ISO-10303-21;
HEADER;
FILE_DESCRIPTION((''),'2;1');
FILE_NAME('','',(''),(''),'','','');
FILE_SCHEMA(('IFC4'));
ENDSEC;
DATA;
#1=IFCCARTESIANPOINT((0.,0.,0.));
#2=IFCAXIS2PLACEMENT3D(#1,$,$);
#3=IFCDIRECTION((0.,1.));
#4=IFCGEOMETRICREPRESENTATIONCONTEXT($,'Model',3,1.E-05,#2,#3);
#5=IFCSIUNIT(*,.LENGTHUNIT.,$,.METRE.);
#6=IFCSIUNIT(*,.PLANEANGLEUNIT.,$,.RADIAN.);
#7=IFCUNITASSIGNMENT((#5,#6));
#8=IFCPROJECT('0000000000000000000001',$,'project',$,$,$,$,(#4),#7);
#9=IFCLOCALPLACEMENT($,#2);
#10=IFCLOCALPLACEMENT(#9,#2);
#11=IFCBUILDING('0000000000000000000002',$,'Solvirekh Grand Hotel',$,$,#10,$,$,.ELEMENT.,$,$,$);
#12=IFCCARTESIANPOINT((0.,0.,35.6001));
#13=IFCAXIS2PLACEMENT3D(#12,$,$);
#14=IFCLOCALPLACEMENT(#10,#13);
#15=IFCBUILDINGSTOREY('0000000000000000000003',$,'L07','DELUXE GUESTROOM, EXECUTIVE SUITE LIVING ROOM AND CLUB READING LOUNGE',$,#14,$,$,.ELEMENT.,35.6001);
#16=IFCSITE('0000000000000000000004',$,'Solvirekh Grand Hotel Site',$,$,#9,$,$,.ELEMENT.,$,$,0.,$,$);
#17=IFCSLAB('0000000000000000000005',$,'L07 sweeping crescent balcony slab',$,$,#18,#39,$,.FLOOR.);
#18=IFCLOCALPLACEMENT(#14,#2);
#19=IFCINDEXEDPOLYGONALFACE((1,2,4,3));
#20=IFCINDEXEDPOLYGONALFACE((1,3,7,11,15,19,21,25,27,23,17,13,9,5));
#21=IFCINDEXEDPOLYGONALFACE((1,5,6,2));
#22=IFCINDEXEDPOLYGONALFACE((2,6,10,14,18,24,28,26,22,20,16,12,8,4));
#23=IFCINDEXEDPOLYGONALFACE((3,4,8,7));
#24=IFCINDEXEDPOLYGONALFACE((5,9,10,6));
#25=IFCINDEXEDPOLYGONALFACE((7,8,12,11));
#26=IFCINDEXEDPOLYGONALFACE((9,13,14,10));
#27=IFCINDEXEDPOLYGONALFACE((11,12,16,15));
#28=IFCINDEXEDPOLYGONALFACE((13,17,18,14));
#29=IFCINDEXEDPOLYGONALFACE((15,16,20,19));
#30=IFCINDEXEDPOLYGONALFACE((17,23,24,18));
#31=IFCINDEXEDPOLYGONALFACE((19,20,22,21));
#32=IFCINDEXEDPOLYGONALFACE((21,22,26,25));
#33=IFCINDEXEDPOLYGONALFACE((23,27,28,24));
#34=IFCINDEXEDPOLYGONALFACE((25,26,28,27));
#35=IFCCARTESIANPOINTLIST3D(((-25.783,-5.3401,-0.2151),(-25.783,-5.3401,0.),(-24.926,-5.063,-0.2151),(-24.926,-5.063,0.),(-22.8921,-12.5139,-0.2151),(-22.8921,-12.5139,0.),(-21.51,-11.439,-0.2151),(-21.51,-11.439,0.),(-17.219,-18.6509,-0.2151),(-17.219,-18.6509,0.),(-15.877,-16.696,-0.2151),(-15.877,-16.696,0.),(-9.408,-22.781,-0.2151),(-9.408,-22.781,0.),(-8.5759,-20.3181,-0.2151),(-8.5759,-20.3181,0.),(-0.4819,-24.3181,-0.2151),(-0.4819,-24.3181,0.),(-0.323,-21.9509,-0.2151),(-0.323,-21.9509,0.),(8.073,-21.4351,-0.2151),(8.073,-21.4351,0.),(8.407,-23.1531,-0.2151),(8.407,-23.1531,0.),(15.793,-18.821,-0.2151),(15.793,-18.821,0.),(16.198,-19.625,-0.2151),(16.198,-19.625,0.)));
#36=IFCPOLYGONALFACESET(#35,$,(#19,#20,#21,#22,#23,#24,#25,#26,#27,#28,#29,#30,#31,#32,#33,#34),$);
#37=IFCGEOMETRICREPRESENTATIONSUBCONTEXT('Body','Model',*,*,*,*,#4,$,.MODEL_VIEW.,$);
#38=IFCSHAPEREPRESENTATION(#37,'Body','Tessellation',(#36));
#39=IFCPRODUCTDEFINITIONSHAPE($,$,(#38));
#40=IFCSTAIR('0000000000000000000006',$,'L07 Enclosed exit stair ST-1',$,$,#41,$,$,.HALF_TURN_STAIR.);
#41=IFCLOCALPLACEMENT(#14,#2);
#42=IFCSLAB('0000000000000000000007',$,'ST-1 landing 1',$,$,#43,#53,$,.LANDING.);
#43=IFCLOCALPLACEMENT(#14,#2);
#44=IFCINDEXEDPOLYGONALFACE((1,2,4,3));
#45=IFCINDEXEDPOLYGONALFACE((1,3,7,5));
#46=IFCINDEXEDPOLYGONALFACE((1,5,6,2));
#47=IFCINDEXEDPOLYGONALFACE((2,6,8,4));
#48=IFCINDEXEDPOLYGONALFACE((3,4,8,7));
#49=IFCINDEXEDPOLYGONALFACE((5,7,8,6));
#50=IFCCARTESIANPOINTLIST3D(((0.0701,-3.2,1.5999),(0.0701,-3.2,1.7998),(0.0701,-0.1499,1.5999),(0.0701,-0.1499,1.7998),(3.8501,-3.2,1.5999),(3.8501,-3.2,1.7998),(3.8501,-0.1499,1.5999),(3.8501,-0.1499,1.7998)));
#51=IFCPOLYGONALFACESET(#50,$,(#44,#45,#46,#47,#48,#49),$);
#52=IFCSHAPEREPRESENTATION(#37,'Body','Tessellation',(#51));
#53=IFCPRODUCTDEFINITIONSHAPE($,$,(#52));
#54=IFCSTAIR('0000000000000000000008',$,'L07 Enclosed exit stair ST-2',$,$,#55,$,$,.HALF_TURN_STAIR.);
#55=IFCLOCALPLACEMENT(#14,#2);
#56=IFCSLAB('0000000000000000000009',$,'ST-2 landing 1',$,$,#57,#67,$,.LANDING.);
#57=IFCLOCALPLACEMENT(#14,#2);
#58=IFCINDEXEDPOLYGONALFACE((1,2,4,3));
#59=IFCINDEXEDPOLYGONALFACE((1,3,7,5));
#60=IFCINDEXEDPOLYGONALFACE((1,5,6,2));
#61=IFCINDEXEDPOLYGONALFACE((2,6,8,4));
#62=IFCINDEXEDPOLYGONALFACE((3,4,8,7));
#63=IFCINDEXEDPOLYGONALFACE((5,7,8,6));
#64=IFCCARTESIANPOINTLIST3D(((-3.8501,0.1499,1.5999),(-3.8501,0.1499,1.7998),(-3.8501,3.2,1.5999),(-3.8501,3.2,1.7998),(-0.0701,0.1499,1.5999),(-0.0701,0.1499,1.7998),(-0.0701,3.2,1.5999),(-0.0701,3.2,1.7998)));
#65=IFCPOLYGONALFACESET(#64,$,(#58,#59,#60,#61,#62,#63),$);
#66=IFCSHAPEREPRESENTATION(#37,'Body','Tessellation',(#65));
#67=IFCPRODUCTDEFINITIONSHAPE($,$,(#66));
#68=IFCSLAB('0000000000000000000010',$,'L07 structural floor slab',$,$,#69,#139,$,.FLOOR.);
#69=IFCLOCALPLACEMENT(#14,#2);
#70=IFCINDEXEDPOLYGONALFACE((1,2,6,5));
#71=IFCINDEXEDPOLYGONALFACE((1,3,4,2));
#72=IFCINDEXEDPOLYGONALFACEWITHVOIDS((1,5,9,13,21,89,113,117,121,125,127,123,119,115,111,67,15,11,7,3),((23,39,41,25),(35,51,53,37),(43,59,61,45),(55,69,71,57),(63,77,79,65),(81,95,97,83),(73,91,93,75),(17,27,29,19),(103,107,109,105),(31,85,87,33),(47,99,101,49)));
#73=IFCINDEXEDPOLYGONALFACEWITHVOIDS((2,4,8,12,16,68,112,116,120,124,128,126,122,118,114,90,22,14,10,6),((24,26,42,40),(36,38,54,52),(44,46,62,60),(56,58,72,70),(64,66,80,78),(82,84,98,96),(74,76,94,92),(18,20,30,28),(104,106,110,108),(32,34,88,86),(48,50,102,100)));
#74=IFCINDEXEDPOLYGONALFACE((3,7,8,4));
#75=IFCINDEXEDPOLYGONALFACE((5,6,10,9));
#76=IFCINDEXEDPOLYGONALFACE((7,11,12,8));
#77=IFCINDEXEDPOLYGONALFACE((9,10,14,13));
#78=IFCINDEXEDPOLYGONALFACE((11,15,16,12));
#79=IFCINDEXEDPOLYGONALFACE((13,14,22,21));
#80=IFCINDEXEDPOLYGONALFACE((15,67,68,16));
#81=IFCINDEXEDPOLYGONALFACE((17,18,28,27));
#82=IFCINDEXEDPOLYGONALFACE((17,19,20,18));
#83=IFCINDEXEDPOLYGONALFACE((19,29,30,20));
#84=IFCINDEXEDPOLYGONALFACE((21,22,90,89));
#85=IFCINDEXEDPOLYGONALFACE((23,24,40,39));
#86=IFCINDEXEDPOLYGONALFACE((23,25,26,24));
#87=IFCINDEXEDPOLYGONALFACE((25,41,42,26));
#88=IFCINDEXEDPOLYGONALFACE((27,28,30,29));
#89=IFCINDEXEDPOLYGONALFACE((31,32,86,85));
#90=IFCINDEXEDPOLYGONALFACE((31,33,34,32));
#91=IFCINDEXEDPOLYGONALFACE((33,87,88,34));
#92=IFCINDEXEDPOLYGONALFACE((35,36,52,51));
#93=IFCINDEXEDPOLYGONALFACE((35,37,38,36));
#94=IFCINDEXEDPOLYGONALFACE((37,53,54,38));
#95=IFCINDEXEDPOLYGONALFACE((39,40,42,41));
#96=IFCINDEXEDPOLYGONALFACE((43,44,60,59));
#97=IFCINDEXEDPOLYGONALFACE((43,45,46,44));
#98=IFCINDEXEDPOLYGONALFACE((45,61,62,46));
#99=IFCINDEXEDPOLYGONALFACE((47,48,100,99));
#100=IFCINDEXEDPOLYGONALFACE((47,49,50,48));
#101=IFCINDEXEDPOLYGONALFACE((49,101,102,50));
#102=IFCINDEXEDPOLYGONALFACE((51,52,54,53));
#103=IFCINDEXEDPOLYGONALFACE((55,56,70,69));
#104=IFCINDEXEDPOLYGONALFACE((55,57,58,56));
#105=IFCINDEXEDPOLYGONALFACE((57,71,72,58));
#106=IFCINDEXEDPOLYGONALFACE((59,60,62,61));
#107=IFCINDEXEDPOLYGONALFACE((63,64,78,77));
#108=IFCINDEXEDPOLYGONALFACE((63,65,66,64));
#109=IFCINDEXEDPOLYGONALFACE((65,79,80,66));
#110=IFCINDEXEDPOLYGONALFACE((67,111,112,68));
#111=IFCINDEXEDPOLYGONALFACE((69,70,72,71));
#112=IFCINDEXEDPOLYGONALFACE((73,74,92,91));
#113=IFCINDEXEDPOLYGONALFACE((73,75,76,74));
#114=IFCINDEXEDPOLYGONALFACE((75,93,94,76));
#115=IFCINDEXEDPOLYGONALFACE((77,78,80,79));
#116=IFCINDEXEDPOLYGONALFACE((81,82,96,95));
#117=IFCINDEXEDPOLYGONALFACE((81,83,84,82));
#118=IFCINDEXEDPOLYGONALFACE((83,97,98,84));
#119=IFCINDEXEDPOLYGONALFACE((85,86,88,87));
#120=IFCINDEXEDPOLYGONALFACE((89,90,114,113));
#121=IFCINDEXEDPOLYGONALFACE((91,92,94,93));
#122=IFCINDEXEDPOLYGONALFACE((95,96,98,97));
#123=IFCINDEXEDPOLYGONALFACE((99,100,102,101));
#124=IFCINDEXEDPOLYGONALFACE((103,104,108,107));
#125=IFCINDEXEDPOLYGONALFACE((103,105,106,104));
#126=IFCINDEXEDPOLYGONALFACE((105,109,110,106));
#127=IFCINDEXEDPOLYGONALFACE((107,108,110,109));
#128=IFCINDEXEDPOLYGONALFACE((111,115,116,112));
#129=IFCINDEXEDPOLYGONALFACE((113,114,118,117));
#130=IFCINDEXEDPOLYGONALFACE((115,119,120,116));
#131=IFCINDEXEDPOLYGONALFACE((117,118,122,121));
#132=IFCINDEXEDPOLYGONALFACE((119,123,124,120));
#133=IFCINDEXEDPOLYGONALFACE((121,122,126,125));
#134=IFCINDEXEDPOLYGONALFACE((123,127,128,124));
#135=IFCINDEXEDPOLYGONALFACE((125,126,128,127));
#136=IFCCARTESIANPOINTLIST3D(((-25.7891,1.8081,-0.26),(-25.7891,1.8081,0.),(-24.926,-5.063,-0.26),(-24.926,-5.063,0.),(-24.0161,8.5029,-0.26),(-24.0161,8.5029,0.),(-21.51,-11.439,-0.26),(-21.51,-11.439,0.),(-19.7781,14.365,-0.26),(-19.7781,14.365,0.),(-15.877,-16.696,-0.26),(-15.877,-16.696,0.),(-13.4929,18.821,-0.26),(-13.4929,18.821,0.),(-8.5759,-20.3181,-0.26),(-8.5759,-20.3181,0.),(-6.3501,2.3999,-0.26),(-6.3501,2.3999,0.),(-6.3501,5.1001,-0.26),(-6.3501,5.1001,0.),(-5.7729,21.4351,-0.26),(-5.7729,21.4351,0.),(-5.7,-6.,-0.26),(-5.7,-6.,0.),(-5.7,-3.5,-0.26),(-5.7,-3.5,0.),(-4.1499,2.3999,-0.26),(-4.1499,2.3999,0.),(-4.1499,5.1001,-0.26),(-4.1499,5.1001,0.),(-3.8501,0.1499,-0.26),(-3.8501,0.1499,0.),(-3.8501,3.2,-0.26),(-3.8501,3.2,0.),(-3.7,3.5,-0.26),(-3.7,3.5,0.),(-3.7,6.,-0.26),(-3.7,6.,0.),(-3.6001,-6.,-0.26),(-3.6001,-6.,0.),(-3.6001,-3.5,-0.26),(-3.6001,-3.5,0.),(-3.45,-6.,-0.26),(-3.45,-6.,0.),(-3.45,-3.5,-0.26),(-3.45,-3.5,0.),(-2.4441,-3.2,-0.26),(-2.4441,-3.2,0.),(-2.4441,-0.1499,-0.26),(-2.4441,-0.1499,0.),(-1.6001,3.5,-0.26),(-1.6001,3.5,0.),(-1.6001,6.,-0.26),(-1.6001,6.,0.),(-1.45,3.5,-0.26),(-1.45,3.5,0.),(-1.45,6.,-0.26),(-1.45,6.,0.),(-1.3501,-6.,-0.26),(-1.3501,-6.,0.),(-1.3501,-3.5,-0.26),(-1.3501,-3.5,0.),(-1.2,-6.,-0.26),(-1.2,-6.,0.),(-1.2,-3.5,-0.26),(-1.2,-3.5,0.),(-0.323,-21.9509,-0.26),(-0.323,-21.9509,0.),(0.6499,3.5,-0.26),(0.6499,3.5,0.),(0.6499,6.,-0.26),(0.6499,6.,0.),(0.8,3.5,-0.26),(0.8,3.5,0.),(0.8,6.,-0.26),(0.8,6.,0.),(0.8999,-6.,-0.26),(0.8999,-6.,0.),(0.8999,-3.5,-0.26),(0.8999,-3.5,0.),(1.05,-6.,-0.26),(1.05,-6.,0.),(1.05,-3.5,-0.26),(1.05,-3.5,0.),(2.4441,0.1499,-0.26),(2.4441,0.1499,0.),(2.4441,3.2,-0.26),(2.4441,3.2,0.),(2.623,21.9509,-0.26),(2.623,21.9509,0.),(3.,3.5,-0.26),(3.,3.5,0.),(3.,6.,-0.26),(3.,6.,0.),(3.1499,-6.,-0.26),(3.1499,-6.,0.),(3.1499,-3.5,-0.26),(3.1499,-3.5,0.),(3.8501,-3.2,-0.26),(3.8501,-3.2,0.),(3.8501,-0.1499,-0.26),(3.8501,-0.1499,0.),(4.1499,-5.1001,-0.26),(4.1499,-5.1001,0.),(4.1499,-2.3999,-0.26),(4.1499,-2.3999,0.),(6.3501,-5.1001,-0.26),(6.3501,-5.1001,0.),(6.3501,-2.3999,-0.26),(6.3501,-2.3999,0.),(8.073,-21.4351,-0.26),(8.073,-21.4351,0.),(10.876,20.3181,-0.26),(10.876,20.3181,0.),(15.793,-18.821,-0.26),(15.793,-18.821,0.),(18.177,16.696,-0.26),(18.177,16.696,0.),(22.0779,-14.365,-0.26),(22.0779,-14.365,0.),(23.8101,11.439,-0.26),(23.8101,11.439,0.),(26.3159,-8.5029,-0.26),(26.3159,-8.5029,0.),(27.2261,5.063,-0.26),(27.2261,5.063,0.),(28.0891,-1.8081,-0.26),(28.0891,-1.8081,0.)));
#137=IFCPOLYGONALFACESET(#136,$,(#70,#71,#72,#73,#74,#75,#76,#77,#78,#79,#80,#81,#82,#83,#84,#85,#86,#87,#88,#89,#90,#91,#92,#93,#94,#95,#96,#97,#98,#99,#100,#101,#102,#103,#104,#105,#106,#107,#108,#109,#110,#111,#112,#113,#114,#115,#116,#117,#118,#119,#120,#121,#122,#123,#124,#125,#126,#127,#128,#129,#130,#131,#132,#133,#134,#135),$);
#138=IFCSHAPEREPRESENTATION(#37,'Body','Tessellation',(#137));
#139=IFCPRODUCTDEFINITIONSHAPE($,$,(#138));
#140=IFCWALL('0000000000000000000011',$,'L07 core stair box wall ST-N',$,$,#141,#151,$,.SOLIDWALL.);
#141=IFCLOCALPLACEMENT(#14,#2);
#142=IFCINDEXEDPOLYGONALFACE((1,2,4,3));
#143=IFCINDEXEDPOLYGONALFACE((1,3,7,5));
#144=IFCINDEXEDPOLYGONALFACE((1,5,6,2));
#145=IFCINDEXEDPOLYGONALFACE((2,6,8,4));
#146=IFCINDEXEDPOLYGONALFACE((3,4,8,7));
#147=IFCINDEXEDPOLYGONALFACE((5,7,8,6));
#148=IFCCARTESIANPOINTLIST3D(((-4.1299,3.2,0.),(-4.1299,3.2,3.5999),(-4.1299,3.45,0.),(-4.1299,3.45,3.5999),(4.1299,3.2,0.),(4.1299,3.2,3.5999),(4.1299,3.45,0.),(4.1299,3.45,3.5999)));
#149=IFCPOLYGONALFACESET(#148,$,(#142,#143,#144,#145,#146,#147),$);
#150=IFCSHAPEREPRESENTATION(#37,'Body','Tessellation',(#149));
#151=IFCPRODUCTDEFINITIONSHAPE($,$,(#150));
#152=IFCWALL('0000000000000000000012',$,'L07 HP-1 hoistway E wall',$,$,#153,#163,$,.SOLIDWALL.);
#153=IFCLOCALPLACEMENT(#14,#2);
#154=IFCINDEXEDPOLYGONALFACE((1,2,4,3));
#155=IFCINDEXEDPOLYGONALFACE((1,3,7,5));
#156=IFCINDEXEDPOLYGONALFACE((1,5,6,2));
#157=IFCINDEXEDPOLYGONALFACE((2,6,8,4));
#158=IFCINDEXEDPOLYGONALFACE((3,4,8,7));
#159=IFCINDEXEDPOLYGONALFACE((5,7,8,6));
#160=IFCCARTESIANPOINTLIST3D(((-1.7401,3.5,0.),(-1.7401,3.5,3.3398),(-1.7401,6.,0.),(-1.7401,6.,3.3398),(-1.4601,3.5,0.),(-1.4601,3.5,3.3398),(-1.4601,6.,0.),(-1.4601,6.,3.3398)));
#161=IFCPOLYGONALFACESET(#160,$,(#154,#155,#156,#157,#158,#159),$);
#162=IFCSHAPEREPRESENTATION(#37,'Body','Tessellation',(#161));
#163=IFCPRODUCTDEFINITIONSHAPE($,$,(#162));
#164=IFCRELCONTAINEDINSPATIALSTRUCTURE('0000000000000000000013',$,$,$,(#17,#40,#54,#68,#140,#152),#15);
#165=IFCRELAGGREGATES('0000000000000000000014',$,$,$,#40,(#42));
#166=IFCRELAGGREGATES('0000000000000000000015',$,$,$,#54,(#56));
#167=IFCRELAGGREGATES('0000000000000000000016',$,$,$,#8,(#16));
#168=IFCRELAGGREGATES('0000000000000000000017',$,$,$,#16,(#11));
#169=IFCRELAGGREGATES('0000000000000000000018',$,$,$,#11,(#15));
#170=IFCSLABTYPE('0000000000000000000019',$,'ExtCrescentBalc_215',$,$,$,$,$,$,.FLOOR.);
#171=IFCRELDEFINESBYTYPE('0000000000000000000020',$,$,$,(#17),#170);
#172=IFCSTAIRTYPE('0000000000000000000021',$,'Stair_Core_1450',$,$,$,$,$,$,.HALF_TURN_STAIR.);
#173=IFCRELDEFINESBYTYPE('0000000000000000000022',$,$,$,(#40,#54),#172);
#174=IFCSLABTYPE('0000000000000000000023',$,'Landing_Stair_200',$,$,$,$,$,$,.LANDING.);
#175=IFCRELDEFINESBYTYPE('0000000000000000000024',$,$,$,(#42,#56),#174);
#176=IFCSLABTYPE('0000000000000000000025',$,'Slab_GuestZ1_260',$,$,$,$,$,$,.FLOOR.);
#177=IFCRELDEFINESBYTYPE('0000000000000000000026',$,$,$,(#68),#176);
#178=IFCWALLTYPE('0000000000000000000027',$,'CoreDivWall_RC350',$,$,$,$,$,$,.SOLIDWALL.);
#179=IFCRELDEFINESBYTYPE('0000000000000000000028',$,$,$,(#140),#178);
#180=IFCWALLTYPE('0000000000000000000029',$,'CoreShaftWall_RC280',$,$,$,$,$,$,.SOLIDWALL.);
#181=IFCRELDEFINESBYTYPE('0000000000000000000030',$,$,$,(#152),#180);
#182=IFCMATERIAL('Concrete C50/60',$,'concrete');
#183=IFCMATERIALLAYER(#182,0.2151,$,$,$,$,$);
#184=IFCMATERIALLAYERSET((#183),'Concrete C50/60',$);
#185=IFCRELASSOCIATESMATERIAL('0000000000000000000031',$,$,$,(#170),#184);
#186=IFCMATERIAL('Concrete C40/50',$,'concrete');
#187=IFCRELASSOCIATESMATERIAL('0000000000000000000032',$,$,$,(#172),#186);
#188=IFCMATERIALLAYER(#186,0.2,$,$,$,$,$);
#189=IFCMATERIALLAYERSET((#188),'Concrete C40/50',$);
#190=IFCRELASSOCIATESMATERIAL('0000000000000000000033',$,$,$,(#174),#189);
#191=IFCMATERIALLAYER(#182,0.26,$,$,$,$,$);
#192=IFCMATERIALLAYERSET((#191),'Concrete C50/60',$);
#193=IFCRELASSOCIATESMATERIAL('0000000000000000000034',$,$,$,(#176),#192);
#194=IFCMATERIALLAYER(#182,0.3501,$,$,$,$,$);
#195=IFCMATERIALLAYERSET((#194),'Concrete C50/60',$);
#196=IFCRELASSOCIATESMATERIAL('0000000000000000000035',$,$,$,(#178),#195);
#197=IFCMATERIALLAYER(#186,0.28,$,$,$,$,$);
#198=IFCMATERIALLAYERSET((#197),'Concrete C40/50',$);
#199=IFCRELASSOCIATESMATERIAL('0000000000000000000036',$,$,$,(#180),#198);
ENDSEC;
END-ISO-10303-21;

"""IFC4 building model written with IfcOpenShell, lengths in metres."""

from ifc_helpers import new_model, si_unit, direction, frame, frame_2d, origin, place, context, subcontext, project, spatial, polyline, rectangle, outline, extrude, material, layer, layer_set, type_object, element, aggregate, save


model = new_model("IFC4")

# Units and contexts
model_context = context("Model", 3, precision=1e-05, world=origin(), true_north=direction((0.0, 1.0)))
body_context = subcontext(model_context, "Body", "Model", "MODEL_VIEW")
ifc_project = project(units=[si_unit("LENGTHUNIT", "METRE"), si_unit("PLANEANGLEUNIT", "RADIAN")], contexts=[model_context])

# Site, building, storey
site_placement = place(None, origin())
site = spatial("IfcSite", under=ifc_project, at=site_placement, Name="Solvirekh Grand Hotel Site", CompositionType="ELEMENT", RefElevation=0.0)
building_placement = place(site_placement, origin())
building = spatial("IfcBuilding", under=site, at=building_placement, Name="Solvirekh Grand Hotel", CompositionType="ELEMENT")
storey_placement = place(building_placement, frame((0.0, 0.0, 35.6001)))
storey = spatial("IfcBuildingStorey", under=building, at=storey_placement, Name="L07", Description="DELUXE GUESTROOM, EXECUTIVE SUITE LIVING ROOM AND CLUB READING LOUNGE", CompositionType="ELEMENT", Elevation=35.6001)

# Slab
ifc_material_1 = material(Name="Concrete C50/60", Category="concrete")
ifc_layer_1 = layer(ifc_material_1, 0.2151)
ifc_layer_set_1 = layer_set([ifc_layer_1], Name="Concrete C50/60")
slab_type_1 = type_object("IfcSlabType", Name="ExtCrescentBalc_215", PredefinedType="FLOOR", material=ifc_layer_set_1)
slab_1_placement = place(storey_placement, frame((0.0, 0.0, -0.2151)))
element("IfcSlab", 1, at=slab_1_placement, inside=storey, type_object=slab_type_1, Name="L07 sweeping crescent balcony slab", PredefinedType="FLOOR", context=body_context, shape_type="SweptSolid", body=[
    extrude(outline(polyline([(-25.783, -5.3401), (-22.8921, -12.5139), (-17.219, -18.6509), (-9.408, -22.781), (-0.4819, -24.3181), (8.407, -23.1531), (16.198, -19.625), (15.793, -18.821), (8.073, -21.4351), (-0.323, -21.9509), (-8.5759, -20.3181), (-15.877, -16.696), (-21.51, -11.439), (-24.926, -5.063), (-25.783, -5.3401)])), origin(), (0.0, 0.0, 1.0), 0.2151),
])

# Stairs, slabs
ifc_material_2 = material(Name="Concrete C40/50", Category="concrete")
stair_type = type_object("IfcStairType", Name="Stair_Core_1450", PredefinedType="HALF_TURN_STAIR", material=ifc_material_2)
stair_1_placement = place(storey_placement, origin())
stair_1 = element("IfcStair", 2, at=stair_1_placement, inside=storey, type_object=stair_type, Name="L07 Enclosed exit stair ST-1", PredefinedType="HALF_TURN_STAIR")
ifc_layer_2 = layer(ifc_material_2, 0.2)
ifc_layer_set_2 = layer_set([ifc_layer_2], Name="Concrete C40/50")
slab_type_2 = type_object("IfcSlabType", Name="Landing_Stair_200", PredefinedType="LANDING", material=ifc_layer_set_2)
slab_2_placement = place(storey_placement, frame((0.0, 0.0, 1.5999)))
slab_2 = element("IfcSlab", 3, at=slab_2_placement, type_object=slab_type_2, Name="ST-1 landing 1", PredefinedType="LANDING", context=body_context, shape_type="SweptSolid", body=[
    extrude(outline(polyline([(0.0701, -3.2), (3.8501, -3.2), (3.8501, -0.1499), (0.0701, -0.1499), (0.0701, -3.2)])), origin(), (0.0, 0.0, 1.0), 0.2),
])
aggregate(stair_1, [slab_2])
stair_2_placement = place(storey_placement, origin())
stair_2 = element("IfcStair", 4, at=stair_2_placement, inside=storey, type_object=stair_type, Name="L07 Enclosed exit stair ST-2", PredefinedType="HALF_TURN_STAIR")
slab_3_placement = place(storey_placement, frame((0.0, 0.0, 1.5999)))
slab_3 = element("IfcSlab", 5, at=slab_3_placement, type_object=slab_type_2, Name="ST-2 landing 1", PredefinedType="LANDING", context=body_context, shape_type="SweptSolid", body=[
    extrude(outline(polyline([(-0.0701, 3.2), (-3.8501, 3.2), (-3.8501, 0.1499), (-0.0701, 0.1499), (-0.0701, 3.2)])), origin(), (0.0, 0.0, 1.0), 0.2),
])

# Slab
ifc_layer_3 = layer(ifc_material_1, 0.26)
ifc_layer_set_3 = layer_set([ifc_layer_3], Name="Concrete C50/60")
slab_type_3 = type_object("IfcSlabType", Name="Slab_GuestZ1_260", PredefinedType="FLOOR", material=ifc_layer_set_3)
slab_4_placement = place(storey_placement, frame((0.0, 0.0, -0.26)))
element("IfcSlab", 6, at=slab_4_placement, inside=storey, type_object=slab_type_3, Name="L07 structural floor slab", PredefinedType="FLOOR", context=body_context, shape_type="SweptSolid", body=[
    extrude(outline(polyline([(28.0891, -1.8081), (27.2261, 5.063), (23.8101, 11.439), (18.177, 16.696), (10.876, 20.3181), (2.623, 21.9509), (-5.7729, 21.4351), (-13.4929, 18.821), (-19.7781, 14.365), (-24.0161, 8.5029), (-25.7891, 1.8081), (-24.926, -5.063), (-21.51, -11.439), (-15.877, -16.696), (-8.5759, -20.3181), (-0.323, -21.9509), (8.073, -21.4351), (15.793, -18.821), (22.0779, -14.365), (26.3159, -8.5029), (28.0891, -1.8081)]), holes=[polyline([(-2.4441, -0.1499), (3.8501, -0.1499), (3.8501, -3.2), (-2.4441, -3.2), (-2.4441, -0.1499)]), polyline([(2.4441, 0.1499), (-3.8501, 0.1499), (-3.8501, 3.2), (2.4441, 3.2), (2.4441, 0.1499)]), polyline([(-5.7, -3.5), (-3.6001, -3.5), (-3.6001, -6.0), (-5.7, -6.0), (-5.7, -3.5)]), polyline([(-3.45, -3.5), (-1.3501, -3.5), (-1.3501, -6.0), (-3.45, -6.0), (-3.45, -3.5)]), polyline([(-1.2, -3.5), (0.8999, -3.5), (0.8999, -6.0), (-1.2, -6.0), (-1.2, -3.5)]), polyline([(1.05, -3.5), (3.1499, -3.5), (3.1499, -6.0), (1.05, -6.0), (1.05, -3.5)]), polyline([(-3.7, 6.0), (-1.6001, 6.0), (-1.6001, 3.5), (-3.7, 3.5), (-3.7, 6.0)]), polyline([(-1.45, 6.0), (0.6499, 6.0), (0.6499, 3.5), (-1.45, 3.5), (-1.45, 6.0)]), polyline([(0.8, 6.0), (3.0, 6.0), (3.0, 3.5), (0.8, 3.5), (0.8, 6.0)]), polyline([(-6.3501, 5.1001), (-4.1499, 5.1001), (-4.1499, 2.3999), (-6.3501, 2.3999), (-6.3501, 5.1001)]), polyline([(4.1499, -2.3999), (6.3501, -2.3999), (6.3501, -5.1001), (4.1499, -5.1001), (4.1499, -2.3999)])]), origin(), (0.0, 0.0, 1.0), 0.26),
])

# Walls
ifc_layer_4 = layer(ifc_material_1, 0.3501)
ifc_layer_set_4 = layer_set([ifc_layer_4], Name="Concrete C50/60")
wall_type_1 = type_object("IfcWallType", Name="CoreDivWall_RC350", PredefinedType="SOLIDWALL", material=ifc_layer_set_4)
wall_1_placement = place(storey_placement, frame((-4.1299, 3.325, 0.0), z_axis=(0.0, 0.0, 1.0), x_axis=(1.0, 0.0, 0.0)))
element("IfcWall", 7, at=wall_1_placement, inside=storey, type_object=wall_type_1, Name="L07 core stair box wall ST-N", PredefinedType="SOLIDWALL", context=body_context, shape_type="SweptSolid", body=[
    extrude(rectangle(XDim=8.2598, YDim=0.25, at=frame_2d((4.1299, 0.0))), origin(), (0.0, 0.0, 1.0), 3.5999),
])
ifc_layer_5 = layer(ifc_material_2, 0.28)
ifc_layer_set_5 = layer_set([ifc_layer_5], Name="Concrete C40/50")
wall_type_2 = type_object("IfcWallType", Name="CoreShaftWall_RC280", PredefinedType="SOLIDWALL", material=ifc_layer_set_5)
wall_2_placement = place(storey_placement, frame((-1.6001, 3.5, 0.0), z_axis=(0.0, 0.0, 1.0), x_axis=(0.0, 1.0, 0.0)))
element("IfcWall", 8, at=wall_2_placement, inside=storey, type_object=wall_type_2, Name="L07 HP-1 hoistway E wall", PredefinedType="SOLIDWALL", context=body_context, shape_type="SweptSolid", body=[
    extrude(rectangle(XDim=2.5, YDim=0.28, at=frame_2d((1.25, 0.0))), origin(), (0.0, 0.0, 1.0), 3.3398),
])

aggregate(stair_2, [slab_3])

save(model, "model.ifc")
